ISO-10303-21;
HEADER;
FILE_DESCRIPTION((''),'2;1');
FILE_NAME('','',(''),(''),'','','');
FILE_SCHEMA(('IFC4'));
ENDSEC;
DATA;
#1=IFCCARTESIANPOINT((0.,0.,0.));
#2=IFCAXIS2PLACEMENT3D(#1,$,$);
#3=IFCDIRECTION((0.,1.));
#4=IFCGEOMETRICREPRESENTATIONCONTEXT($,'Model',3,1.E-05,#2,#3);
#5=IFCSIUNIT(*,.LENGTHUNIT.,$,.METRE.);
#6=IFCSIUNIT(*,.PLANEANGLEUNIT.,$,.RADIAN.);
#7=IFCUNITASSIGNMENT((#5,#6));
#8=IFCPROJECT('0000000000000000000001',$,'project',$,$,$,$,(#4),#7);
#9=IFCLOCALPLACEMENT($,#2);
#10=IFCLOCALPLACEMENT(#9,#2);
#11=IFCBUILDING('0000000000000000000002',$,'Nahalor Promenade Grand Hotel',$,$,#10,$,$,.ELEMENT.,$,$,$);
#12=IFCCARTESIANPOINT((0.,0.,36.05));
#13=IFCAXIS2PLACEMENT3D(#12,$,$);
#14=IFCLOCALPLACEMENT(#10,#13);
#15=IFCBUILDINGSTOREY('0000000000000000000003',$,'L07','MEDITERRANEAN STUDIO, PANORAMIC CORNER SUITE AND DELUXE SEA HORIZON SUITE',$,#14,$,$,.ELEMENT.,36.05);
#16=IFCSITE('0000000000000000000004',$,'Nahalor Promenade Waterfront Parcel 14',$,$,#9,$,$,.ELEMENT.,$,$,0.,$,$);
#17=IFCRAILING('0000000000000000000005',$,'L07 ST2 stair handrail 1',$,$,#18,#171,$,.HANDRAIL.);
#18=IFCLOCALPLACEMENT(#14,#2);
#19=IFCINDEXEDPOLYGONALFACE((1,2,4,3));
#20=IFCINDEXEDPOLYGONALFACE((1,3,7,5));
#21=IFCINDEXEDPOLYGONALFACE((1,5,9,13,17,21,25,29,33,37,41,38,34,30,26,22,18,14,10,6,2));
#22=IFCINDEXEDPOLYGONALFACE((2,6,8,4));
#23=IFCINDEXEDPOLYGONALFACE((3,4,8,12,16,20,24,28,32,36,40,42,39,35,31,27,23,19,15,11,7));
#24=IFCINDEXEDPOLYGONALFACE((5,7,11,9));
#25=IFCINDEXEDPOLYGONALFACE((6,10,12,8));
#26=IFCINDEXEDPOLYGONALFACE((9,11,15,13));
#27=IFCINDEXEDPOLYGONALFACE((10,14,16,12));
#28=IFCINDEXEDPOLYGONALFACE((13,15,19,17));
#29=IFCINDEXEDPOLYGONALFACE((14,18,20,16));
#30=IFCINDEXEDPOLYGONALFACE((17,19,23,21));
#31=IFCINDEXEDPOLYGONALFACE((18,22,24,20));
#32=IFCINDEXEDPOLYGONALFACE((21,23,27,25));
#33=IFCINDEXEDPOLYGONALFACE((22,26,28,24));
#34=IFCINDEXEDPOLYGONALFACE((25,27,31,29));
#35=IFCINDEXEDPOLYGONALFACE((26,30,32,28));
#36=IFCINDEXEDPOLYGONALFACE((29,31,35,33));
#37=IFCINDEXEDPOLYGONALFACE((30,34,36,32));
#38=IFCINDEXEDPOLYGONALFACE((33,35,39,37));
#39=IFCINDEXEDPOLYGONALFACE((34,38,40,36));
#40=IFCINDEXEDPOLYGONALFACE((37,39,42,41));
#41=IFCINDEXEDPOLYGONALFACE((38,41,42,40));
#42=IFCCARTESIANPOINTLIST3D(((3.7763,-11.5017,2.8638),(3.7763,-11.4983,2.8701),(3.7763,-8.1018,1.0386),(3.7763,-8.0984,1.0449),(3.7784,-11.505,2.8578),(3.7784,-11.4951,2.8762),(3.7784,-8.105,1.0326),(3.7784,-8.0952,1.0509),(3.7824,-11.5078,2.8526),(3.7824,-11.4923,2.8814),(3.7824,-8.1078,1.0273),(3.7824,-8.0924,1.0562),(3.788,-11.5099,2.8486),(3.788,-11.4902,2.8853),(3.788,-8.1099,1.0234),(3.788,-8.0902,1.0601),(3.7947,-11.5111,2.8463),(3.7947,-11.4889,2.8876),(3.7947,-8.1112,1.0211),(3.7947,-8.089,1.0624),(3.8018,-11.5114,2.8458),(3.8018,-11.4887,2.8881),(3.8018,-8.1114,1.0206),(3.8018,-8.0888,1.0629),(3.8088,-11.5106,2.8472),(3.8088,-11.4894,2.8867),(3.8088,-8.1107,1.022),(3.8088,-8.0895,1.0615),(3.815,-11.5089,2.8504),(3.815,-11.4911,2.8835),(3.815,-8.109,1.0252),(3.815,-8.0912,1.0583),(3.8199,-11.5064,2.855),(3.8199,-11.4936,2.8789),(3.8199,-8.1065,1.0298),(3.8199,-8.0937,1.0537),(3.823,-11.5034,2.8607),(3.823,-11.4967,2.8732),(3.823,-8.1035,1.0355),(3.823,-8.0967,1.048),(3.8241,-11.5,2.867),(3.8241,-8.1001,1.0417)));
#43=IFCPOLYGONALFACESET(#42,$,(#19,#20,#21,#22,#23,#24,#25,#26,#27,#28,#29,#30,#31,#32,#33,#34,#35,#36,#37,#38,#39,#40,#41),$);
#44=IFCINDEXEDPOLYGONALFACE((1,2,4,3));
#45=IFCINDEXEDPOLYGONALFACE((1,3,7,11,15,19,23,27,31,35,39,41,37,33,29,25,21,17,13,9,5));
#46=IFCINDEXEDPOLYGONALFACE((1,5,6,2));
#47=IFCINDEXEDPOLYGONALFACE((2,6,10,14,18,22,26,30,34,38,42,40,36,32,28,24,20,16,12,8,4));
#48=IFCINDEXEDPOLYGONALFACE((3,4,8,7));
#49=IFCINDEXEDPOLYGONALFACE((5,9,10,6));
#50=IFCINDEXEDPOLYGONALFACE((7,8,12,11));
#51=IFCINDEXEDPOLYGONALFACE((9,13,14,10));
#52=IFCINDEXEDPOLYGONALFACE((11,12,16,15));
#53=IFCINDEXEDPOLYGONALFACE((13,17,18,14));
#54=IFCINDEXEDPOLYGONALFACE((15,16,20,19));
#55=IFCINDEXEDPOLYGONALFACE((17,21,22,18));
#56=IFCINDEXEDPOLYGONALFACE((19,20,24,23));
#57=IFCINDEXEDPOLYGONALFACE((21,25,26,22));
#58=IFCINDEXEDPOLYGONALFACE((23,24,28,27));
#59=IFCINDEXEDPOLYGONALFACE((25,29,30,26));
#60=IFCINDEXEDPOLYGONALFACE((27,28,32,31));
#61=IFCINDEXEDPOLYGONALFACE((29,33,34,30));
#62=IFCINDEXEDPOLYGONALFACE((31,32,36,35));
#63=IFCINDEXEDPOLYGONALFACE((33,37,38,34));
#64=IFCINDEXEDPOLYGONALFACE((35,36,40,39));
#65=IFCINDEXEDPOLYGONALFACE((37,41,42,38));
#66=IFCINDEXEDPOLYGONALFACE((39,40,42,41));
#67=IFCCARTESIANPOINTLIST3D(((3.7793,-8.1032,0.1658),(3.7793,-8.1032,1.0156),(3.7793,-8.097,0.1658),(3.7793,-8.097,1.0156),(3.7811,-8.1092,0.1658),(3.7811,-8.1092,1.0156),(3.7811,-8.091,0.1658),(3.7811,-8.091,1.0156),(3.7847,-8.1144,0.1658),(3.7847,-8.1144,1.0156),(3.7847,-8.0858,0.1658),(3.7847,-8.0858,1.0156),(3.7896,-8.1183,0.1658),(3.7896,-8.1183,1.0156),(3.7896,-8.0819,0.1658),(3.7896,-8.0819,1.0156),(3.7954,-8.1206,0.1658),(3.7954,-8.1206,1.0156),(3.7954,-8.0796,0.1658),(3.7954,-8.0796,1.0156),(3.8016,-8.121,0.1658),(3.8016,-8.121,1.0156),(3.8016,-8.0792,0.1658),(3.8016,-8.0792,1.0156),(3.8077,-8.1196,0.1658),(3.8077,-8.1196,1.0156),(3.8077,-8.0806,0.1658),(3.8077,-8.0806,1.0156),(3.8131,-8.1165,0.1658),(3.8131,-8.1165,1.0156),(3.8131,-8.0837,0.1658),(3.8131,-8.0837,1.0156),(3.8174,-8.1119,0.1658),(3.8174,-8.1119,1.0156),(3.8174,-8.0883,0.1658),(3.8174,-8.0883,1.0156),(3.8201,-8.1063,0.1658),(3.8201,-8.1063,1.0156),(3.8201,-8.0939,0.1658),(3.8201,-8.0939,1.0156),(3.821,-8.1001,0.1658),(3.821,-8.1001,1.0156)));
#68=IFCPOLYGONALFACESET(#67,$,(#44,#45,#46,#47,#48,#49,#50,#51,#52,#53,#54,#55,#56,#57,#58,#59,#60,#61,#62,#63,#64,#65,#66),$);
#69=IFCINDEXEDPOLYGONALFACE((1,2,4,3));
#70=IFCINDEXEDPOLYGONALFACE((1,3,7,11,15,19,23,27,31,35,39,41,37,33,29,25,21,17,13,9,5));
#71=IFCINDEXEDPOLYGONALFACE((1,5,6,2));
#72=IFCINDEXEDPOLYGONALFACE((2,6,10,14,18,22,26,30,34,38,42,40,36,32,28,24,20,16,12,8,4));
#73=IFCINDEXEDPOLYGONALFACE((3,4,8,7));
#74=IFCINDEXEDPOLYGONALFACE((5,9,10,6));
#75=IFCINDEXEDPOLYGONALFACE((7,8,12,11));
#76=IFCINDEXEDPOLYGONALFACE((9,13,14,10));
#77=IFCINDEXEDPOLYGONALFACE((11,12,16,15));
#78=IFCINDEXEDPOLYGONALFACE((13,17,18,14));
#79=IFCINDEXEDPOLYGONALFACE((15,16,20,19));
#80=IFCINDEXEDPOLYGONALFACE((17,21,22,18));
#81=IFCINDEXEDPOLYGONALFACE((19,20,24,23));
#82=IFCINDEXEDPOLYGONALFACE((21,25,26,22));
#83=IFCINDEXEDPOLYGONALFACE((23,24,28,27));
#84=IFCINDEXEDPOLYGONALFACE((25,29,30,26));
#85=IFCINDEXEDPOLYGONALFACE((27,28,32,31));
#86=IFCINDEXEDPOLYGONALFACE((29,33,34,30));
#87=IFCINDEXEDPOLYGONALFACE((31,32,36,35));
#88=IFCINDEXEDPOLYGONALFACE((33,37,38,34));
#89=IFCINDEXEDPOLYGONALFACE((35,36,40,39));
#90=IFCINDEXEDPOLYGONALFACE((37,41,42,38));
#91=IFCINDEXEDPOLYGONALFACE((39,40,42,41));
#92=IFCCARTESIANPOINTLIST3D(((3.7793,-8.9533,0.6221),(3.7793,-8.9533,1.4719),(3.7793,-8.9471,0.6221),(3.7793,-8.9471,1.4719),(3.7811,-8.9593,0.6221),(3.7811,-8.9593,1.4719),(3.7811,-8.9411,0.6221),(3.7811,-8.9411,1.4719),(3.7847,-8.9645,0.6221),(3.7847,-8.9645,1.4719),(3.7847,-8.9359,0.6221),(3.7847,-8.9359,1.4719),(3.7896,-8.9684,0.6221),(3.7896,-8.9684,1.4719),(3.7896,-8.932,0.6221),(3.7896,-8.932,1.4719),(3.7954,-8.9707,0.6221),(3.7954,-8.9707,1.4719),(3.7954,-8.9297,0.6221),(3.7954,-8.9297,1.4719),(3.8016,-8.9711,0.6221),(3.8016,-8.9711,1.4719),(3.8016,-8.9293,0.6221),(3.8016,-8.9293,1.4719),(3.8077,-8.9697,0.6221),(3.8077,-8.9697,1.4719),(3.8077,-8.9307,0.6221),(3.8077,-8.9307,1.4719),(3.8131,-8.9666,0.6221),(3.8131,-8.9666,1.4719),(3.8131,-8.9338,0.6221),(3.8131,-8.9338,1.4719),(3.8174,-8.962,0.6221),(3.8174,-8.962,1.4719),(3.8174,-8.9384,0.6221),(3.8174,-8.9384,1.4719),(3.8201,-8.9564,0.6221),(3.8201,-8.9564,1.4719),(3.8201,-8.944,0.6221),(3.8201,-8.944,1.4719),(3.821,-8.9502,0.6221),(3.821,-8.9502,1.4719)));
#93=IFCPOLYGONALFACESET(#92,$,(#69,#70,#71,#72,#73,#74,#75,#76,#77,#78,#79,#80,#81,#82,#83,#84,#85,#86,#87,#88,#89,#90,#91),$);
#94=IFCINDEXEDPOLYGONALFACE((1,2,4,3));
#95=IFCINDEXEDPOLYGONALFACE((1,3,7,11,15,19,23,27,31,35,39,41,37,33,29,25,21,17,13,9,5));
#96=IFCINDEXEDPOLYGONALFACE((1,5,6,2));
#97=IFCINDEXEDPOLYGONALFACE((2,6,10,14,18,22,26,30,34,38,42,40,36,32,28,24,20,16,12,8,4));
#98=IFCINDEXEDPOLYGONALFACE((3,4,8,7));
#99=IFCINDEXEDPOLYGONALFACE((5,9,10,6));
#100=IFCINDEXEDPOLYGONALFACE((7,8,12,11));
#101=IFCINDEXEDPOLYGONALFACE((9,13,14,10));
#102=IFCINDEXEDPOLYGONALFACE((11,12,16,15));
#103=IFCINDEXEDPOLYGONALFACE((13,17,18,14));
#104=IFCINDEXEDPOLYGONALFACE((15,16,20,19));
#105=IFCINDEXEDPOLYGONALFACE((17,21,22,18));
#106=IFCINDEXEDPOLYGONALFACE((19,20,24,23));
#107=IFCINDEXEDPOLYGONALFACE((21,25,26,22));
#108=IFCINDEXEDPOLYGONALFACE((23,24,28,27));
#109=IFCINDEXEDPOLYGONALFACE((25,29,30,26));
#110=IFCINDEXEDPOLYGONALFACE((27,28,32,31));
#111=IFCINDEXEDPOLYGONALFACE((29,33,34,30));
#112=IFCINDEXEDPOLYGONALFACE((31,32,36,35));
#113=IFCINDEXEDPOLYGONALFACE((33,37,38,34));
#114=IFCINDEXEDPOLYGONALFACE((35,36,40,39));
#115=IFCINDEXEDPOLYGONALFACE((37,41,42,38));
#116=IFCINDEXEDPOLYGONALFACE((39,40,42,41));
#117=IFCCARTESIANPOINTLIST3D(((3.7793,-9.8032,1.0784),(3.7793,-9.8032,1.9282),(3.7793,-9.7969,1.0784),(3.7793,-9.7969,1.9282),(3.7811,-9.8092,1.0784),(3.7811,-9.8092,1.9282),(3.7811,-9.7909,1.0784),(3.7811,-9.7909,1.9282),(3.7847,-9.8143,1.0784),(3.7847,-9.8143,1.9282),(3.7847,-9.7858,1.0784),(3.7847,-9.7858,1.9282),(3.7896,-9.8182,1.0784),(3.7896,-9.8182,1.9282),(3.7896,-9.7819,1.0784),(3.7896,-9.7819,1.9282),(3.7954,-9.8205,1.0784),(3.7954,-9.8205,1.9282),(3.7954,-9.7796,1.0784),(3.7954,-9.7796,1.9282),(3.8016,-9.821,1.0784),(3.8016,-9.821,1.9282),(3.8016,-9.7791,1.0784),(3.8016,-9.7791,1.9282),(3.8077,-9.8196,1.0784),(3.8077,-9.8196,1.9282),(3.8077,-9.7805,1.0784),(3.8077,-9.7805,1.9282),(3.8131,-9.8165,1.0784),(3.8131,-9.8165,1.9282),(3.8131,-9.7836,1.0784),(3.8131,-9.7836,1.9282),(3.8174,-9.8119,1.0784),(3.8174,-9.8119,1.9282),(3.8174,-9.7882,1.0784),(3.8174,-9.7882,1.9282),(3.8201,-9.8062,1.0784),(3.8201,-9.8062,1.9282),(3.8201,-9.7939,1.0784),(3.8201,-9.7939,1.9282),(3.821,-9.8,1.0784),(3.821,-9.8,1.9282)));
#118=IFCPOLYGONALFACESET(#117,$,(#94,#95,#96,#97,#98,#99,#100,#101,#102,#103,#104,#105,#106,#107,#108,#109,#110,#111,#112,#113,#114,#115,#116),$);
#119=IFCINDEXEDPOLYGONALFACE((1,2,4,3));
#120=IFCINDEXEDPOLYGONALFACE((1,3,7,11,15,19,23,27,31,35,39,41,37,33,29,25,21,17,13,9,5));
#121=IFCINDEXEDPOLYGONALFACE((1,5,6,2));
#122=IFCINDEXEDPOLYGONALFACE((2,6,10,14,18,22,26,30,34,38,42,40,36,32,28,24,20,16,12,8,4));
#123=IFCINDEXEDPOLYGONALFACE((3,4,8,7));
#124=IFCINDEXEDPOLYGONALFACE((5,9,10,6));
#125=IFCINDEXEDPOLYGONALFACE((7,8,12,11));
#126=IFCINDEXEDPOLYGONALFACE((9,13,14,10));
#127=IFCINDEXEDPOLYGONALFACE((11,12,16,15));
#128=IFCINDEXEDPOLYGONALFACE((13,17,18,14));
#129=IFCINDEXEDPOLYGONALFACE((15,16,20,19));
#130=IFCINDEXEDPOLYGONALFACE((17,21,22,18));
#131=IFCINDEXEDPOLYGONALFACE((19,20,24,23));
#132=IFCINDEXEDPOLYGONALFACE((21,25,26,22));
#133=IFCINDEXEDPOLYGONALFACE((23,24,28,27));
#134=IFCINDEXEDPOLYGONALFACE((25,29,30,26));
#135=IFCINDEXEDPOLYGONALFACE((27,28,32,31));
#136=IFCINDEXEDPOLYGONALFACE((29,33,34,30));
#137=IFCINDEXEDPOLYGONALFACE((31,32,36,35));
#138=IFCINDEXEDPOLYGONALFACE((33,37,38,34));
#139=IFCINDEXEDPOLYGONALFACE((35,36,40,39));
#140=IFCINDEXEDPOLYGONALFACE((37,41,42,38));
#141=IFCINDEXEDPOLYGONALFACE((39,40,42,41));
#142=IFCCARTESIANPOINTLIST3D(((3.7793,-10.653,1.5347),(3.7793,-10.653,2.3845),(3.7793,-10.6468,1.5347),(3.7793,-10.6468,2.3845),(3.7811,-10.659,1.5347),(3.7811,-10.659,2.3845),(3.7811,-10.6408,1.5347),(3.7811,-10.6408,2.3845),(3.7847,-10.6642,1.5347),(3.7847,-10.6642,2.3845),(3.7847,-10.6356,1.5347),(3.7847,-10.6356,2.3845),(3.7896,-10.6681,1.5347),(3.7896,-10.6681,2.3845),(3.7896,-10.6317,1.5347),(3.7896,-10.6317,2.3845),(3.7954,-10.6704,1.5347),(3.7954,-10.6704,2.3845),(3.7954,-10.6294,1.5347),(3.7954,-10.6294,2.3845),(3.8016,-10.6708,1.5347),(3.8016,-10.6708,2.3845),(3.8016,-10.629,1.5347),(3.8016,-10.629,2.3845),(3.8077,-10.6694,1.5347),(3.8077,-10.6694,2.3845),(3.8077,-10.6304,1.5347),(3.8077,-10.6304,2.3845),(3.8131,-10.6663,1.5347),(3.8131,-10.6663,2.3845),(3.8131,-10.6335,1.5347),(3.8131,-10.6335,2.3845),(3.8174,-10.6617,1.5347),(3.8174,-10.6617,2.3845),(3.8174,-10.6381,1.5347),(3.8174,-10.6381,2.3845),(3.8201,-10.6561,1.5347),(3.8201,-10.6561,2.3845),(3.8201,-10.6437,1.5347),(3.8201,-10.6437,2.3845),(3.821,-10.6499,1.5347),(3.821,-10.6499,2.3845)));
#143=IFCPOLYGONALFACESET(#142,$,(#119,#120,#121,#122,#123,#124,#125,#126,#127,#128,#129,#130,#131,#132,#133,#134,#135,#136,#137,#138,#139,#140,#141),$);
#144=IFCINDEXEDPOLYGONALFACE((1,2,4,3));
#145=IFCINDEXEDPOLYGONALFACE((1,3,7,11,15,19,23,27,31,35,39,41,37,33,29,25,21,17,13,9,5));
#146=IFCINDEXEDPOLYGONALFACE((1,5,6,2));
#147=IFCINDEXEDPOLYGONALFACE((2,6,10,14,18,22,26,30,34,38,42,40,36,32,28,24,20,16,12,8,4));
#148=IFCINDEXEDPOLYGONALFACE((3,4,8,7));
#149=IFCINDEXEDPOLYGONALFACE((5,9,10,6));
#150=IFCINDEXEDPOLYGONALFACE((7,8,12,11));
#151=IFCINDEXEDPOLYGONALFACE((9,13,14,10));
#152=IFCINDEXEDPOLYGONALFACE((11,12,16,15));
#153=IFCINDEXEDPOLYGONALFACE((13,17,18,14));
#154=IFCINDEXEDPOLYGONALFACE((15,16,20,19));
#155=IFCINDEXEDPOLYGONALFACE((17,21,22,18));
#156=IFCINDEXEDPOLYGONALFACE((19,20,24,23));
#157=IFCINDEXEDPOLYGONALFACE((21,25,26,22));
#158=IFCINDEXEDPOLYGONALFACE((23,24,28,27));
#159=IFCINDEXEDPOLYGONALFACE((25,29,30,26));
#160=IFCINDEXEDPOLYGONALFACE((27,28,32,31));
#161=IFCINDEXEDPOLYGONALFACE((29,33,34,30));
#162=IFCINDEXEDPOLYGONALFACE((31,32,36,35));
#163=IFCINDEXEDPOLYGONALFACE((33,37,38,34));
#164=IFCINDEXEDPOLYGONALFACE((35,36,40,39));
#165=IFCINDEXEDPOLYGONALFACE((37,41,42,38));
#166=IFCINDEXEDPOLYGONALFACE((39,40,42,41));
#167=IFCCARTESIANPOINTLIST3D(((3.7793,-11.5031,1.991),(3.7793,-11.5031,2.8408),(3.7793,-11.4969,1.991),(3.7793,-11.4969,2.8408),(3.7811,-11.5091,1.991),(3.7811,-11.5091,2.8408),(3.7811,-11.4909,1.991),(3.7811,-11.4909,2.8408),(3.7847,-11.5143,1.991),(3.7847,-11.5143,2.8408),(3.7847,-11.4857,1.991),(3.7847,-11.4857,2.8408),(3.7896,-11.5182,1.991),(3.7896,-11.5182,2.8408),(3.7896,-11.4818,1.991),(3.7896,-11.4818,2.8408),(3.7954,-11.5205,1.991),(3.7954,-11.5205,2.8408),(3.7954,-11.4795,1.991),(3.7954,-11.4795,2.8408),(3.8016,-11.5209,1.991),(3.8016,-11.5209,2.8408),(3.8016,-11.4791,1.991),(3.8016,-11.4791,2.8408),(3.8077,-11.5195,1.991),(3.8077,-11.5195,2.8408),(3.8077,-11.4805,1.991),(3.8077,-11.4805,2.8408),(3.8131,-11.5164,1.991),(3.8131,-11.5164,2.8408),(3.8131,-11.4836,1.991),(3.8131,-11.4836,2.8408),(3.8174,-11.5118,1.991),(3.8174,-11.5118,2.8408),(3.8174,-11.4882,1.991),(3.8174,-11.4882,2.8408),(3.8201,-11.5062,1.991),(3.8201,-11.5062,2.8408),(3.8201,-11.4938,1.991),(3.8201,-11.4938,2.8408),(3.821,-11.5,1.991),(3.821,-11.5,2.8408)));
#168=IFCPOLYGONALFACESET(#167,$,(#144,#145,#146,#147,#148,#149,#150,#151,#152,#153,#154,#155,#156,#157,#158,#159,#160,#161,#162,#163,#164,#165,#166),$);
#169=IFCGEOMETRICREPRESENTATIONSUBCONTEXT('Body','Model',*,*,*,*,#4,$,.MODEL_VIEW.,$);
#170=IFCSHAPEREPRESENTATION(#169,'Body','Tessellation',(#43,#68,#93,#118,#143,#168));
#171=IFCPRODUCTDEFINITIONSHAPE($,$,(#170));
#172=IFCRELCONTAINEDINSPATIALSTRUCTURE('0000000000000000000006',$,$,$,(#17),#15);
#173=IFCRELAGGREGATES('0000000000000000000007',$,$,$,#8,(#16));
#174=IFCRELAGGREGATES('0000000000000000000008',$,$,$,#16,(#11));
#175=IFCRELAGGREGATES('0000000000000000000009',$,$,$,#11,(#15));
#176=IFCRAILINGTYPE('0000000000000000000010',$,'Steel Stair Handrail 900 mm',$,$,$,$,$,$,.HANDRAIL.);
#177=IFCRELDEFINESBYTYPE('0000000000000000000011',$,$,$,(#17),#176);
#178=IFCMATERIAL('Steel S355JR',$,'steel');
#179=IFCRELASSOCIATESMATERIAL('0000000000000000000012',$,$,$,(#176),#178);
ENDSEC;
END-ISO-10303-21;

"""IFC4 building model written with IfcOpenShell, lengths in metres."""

from ifc_helpers import new_model, si_unit, direction, frame, origin, origin_2d, place, context, subcontext, project, spatial, circle, extrude, material, type_object, element, save


model = new_model("IFC4")

# Units and contexts
model_context = context("Model", 3, precision=1e-05, world=origin(), true_north=direction((0.0, 1.0)))
body_context = subcontext(model_context, "Body", "Model", "MODEL_VIEW")
ifc_project = project(units=[si_unit("LENGTHUNIT", "METRE"), si_unit("PLANEANGLEUNIT", "RADIAN")], contexts=[model_context])

# Site, building, storey
site_placement = place(None, origin())
site = spatial("IfcSite", under=ifc_project, at=site_placement, Name="Nahalor Promenade Waterfront Parcel 14", CompositionType="ELEMENT", RefElevation=0.0)
building_placement = place(site_placement, origin())
building = spatial("IfcBuilding", under=site, at=building_placement, Name="Nahalor Promenade Grand Hotel", CompositionType="ELEMENT")
storey_placement = place(building_placement, frame((0.0, 0.0, 36.05)))
storey = spatial("IfcBuildingStorey", under=building, at=storey_placement, Name="L07", Description="MEDITERRANEAN STUDIO, PANORAMIC CORNER SUITE AND DELUXE SEA HORIZON SUITE", CompositionType="ELEMENT", Elevation=36.05)

# Shared definitions
ifc_material_1 = material(Name="Steel S355JR", Category="steel")

# Railing
railing_type_1 = type_object("IfcRailingType", Name="Steel Stair Handrail 900 mm", PredefinedType="HANDRAIL", material=ifc_material_1)
railing_1_placement = place(storey_placement, frame((3.8, -8.1001, 0.1658)))
element("IfcRailing", 1, at=railing_1_placement, inside=storey, type_object=railing_type_1, Name="L07 ST2 stair handrail 1", PredefinedType="HANDRAIL", context=body_context, shape_type="SweptSolid", body=[
    extrude(circle(Radius=0.024, at=origin_2d()), frame((0.0, 0.0, 0.876), z_axis=(0.0, -0.881068, 0.47299), x_axis=(1.0, 0.0, 0.0)), (0.0, 0.0, 1.0), 3.8589),
    extrude(circle(Radius=0.021, at=origin_2d()), origin(), (0.0, 0.0, 1.0), 0.8499),
    extrude(circle(Radius=0.021, at=origin_2d()), frame((0.0, -0.8501, 0.4563)), (0.0, 0.0, 1.0), 0.8499),
    extrude(circle(Radius=0.021, at=origin_2d()), frame((0.0, -1.7, 0.9126)), (0.0, 0.0, 1.0), 0.8499),
    extrude(circle(Radius=0.021, at=origin_2d()), frame((0.0, -2.5498, 1.3689)), (0.0, 0.0, 1.0), 0.8499),
    extrude(circle(Radius=0.021, at=origin_2d()), frame((0.0, -3.3999, 1.8252)), (0.0, 0.0, 1.0), 0.8499),
])

save(model, "model.ifc")
